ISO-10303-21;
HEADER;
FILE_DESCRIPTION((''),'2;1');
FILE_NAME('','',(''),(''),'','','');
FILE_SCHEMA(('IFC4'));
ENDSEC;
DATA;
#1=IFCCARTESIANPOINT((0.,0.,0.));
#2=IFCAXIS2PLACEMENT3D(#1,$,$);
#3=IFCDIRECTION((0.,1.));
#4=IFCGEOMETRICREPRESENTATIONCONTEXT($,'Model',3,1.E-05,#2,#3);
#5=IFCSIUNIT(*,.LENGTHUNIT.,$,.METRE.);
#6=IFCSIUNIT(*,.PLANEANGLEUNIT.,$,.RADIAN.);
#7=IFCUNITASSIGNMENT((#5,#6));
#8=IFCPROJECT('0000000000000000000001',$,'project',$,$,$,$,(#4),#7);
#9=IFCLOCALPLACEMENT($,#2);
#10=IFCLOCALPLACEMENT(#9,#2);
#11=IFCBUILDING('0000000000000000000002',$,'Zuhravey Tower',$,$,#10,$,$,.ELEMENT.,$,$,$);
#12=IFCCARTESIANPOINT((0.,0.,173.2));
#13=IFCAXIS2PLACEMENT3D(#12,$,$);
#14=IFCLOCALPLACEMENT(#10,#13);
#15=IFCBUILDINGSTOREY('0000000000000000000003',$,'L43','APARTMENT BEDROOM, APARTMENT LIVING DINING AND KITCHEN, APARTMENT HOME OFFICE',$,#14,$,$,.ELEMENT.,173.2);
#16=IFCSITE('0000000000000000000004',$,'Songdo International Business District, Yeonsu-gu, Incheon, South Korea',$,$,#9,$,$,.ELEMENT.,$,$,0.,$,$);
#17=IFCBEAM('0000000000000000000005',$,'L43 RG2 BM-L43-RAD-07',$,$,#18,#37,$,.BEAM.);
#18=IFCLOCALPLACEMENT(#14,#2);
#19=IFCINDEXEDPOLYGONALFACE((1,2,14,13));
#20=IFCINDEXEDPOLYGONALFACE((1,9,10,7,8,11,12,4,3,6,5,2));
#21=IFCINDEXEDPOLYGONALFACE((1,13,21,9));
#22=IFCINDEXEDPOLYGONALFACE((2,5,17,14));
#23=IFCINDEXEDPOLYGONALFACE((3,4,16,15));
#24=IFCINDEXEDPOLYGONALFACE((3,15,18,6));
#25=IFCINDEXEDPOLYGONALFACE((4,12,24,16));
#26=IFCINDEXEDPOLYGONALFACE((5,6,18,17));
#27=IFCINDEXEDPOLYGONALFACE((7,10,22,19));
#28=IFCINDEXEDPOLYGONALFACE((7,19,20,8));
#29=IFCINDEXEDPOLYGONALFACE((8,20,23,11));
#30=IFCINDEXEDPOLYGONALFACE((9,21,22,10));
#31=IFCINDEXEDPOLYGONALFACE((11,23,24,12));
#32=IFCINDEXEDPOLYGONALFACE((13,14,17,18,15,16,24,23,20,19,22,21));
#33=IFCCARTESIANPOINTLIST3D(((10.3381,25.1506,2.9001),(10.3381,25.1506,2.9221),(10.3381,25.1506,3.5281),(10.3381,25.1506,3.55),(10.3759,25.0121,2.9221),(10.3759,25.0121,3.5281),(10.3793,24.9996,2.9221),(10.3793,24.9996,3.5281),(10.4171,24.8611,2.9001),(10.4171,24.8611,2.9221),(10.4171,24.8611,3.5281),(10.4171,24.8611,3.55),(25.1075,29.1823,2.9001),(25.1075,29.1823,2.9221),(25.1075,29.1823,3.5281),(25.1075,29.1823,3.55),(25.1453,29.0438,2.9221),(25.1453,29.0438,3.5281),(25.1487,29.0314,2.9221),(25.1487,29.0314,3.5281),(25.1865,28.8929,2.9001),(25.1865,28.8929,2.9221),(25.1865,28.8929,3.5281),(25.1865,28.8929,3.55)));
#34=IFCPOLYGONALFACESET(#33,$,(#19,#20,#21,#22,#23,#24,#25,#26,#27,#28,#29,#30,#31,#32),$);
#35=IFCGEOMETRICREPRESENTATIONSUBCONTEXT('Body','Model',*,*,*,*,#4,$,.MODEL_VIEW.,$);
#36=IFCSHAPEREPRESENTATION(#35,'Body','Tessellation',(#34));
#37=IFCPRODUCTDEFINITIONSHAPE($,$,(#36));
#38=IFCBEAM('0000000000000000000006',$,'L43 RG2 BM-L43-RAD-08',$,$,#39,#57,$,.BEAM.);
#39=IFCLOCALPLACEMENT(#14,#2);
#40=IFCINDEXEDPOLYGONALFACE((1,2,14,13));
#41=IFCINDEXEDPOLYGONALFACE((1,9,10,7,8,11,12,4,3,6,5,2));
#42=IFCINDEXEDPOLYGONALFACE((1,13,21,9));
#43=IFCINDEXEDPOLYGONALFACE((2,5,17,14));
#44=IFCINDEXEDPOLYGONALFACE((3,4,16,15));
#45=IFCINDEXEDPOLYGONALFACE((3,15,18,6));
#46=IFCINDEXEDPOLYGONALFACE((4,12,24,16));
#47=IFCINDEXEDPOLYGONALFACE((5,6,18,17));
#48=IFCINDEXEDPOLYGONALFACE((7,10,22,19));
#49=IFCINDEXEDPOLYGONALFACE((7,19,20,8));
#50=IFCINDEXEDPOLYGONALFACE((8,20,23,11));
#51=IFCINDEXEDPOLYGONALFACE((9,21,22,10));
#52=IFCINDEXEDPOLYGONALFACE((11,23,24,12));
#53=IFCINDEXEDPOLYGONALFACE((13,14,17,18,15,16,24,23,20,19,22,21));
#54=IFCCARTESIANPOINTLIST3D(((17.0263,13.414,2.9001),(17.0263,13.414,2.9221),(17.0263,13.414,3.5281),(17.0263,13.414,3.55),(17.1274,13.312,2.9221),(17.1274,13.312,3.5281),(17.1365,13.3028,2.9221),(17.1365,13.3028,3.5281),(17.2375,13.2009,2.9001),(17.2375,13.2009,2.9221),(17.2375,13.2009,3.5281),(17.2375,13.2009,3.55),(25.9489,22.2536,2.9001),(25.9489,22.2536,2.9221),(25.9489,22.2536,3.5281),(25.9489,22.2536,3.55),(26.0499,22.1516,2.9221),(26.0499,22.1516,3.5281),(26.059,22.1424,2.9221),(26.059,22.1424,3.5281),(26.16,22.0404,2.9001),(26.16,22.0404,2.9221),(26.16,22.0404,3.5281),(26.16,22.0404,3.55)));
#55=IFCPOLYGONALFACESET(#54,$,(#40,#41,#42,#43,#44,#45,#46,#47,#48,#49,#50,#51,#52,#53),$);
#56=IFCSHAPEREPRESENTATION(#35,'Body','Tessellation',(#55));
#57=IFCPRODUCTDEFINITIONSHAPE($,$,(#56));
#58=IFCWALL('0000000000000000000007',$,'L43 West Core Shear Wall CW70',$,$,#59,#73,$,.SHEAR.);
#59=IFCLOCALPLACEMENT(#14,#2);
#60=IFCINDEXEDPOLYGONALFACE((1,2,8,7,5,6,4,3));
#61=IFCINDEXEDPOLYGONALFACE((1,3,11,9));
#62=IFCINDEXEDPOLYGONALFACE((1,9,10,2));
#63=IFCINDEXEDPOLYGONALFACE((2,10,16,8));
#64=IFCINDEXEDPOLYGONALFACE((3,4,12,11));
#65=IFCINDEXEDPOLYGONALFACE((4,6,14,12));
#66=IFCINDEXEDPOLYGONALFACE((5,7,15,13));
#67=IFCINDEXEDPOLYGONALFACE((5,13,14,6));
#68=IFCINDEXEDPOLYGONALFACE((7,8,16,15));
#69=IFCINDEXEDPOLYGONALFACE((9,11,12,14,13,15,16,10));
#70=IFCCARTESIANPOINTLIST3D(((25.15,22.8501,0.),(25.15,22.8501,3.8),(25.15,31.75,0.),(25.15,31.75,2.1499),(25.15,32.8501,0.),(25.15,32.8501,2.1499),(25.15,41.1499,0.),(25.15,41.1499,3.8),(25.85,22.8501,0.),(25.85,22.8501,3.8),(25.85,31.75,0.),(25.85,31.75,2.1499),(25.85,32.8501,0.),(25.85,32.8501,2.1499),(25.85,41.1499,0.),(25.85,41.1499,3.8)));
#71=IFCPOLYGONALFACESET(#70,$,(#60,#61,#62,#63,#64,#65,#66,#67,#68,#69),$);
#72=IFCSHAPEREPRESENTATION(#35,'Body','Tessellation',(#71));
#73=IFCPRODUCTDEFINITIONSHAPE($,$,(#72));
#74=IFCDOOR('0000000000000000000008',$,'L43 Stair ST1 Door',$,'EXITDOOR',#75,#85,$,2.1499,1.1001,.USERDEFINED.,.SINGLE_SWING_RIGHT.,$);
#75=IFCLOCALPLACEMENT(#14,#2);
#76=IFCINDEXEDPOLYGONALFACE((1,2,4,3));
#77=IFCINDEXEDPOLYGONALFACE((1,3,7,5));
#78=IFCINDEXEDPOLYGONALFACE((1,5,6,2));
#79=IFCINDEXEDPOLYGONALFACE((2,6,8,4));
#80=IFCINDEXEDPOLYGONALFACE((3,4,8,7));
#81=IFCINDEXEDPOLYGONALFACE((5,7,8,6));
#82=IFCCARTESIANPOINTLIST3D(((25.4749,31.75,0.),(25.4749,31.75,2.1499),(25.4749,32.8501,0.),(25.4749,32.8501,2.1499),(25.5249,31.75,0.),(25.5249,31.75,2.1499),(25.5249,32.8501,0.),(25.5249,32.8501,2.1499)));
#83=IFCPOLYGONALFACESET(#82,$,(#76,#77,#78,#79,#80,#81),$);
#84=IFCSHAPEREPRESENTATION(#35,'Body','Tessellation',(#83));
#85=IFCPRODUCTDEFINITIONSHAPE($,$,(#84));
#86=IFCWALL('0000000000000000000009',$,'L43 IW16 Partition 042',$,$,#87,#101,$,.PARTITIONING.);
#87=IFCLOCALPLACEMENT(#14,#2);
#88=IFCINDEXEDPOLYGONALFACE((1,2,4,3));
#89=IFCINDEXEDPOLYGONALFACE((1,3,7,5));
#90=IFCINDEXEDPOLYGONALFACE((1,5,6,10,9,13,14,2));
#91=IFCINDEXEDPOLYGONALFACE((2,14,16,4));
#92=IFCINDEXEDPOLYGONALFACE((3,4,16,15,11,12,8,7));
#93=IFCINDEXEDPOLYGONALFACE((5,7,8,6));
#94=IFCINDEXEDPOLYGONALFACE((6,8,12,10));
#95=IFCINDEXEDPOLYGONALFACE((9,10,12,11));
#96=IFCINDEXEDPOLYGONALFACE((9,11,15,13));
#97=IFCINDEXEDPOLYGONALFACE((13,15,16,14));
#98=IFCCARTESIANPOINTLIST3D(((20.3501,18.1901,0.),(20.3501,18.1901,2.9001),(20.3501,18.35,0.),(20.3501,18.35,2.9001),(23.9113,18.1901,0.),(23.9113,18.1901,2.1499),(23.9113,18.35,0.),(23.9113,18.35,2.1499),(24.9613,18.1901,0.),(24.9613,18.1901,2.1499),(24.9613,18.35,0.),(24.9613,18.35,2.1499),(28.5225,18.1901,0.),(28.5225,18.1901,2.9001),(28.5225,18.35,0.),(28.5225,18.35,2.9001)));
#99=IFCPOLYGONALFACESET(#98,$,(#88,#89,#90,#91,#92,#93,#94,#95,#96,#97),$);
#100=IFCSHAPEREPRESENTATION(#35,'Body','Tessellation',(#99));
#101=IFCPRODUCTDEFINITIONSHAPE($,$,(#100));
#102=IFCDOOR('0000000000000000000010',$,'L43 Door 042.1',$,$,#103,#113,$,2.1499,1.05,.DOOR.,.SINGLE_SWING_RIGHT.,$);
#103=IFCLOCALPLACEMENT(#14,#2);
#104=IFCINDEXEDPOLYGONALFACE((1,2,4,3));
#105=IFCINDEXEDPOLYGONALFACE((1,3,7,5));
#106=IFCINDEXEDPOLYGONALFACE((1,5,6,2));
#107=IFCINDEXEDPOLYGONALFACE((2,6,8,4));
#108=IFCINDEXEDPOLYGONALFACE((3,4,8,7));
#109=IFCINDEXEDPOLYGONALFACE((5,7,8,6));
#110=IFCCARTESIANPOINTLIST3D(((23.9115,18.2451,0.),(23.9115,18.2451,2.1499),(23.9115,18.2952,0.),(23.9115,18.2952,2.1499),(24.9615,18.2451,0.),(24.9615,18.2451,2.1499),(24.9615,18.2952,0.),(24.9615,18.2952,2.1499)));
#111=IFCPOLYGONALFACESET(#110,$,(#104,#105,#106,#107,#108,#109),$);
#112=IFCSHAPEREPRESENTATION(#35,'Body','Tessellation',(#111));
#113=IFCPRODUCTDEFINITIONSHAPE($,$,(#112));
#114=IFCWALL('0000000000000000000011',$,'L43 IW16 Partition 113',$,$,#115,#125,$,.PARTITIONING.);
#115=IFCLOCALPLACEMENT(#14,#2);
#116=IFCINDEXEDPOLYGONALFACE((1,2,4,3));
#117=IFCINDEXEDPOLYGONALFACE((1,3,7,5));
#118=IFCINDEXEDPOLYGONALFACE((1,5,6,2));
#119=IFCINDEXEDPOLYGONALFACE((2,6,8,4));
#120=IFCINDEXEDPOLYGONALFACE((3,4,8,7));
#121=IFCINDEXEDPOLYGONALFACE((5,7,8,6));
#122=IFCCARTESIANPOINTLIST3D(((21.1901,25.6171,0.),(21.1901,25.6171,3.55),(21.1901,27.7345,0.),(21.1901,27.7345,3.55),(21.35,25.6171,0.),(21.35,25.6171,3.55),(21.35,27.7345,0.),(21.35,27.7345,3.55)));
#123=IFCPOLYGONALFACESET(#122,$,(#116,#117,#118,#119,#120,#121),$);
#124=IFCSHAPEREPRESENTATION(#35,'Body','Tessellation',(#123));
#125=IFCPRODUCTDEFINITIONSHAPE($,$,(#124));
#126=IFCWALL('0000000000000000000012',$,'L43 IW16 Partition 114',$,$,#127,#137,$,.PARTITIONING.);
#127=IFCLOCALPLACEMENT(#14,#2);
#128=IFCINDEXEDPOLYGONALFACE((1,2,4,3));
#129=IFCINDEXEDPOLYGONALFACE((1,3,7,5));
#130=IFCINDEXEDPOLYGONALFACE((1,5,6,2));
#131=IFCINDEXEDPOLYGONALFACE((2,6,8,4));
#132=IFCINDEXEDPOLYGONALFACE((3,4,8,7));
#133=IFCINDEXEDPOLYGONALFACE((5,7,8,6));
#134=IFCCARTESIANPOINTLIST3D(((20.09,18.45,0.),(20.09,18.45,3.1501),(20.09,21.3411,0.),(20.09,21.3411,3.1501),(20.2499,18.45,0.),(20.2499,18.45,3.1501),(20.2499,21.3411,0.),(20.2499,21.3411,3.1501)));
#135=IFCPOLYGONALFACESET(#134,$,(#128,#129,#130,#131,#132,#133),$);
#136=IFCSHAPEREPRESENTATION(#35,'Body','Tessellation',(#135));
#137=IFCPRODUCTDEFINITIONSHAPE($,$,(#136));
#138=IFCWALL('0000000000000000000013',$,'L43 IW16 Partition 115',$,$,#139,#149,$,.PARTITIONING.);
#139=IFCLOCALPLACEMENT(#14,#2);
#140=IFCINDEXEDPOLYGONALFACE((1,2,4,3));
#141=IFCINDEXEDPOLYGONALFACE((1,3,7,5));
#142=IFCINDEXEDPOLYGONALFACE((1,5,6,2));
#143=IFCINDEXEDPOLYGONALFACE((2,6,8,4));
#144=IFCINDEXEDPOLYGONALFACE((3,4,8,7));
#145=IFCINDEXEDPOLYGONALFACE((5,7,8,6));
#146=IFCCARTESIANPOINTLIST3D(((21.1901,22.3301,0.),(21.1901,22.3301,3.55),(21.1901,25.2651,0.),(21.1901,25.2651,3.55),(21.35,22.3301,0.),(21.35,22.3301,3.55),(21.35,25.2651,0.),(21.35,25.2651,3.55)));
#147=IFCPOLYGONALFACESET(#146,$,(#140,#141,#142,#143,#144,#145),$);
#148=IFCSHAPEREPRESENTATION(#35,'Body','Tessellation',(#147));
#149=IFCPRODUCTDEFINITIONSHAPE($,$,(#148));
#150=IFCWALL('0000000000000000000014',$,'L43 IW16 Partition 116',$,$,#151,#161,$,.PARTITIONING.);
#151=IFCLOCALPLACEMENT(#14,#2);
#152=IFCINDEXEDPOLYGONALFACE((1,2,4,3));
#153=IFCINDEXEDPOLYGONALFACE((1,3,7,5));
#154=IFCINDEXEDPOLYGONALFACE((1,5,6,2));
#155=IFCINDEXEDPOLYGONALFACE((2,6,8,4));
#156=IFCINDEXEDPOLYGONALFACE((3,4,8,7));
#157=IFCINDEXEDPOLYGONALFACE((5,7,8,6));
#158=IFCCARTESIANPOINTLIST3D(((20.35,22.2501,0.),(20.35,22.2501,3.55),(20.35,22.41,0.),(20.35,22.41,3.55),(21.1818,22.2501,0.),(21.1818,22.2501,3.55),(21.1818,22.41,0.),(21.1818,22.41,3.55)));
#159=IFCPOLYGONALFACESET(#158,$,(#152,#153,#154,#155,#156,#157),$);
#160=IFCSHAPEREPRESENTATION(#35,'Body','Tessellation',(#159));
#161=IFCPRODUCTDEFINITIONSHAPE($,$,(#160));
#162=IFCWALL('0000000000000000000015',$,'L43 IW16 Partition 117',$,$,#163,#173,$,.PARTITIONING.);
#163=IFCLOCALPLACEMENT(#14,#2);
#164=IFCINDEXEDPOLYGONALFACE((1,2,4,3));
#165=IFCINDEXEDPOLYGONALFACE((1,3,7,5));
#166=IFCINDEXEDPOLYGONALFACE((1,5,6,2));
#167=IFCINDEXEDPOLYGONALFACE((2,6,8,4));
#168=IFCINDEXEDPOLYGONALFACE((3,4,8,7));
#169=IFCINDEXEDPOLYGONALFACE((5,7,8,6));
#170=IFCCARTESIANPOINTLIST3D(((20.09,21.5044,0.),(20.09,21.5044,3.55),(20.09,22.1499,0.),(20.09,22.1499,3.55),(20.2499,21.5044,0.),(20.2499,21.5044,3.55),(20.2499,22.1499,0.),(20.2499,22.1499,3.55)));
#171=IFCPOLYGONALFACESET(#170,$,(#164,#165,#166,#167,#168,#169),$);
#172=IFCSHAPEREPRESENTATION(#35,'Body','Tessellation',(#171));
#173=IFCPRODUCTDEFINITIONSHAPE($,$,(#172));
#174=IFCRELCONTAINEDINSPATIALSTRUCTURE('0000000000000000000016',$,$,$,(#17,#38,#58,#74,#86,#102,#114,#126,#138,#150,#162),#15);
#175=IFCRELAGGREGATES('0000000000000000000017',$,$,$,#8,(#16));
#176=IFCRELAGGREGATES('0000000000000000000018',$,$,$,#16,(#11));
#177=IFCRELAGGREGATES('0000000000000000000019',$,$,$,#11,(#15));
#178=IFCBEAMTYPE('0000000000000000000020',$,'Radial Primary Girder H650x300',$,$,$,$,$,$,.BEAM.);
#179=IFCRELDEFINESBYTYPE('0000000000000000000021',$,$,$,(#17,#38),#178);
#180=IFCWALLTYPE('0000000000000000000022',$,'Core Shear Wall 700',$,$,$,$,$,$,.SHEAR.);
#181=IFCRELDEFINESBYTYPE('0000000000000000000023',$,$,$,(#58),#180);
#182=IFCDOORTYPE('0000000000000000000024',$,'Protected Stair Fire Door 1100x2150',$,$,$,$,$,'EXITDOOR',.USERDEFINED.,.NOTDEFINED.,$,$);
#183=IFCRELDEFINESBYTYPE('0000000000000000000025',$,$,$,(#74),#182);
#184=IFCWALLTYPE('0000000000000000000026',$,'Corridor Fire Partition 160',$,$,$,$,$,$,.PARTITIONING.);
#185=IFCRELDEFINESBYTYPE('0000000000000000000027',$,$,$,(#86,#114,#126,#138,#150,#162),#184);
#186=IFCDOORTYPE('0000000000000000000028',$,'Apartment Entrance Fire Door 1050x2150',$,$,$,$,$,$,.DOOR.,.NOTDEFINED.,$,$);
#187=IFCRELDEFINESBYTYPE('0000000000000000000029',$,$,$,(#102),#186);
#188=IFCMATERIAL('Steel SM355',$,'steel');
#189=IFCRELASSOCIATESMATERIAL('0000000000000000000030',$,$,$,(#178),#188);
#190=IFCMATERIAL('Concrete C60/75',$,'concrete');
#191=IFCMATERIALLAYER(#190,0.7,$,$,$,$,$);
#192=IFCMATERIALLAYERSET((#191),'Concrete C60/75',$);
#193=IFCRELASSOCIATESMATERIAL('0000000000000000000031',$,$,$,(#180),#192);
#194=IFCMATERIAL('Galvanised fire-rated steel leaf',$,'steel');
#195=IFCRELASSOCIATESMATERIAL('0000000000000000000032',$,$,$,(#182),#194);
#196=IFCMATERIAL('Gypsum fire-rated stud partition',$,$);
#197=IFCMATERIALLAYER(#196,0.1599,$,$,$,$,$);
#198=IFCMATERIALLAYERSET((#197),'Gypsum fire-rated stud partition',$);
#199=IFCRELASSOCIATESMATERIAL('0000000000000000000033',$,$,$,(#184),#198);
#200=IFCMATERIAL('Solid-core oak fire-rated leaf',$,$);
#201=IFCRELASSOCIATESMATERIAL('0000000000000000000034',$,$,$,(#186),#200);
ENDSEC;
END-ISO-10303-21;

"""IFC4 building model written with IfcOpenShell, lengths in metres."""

from ifc_helpers import new_model, si_unit, direction, frame, frame_2d, origin, origin_2d, place, context, subcontext, project, spatial, rectangle, i_section, extrude, material, layer, layer_set, material_profile, profile_set, type_object, element, fill, save


model = new_model("IFC4")

# Units and contexts
model_context = context("Model", 3, precision=1e-05, world=origin(), true_north=direction((0.0, 1.0)))
body_context = subcontext(model_context, "Body", "Model", "MODEL_VIEW")
ifc_project = project(units=[si_unit("LENGTHUNIT", "METRE"), si_unit("PLANEANGLEUNIT", "RADIAN")], contexts=[model_context])

# Site, building, storey
site_placement = place(None, origin())
site = spatial("IfcSite", under=ifc_project, at=site_placement, Name="Songdo International Business District, Yeonsu-gu, Incheon, South Korea", CompositionType="ELEMENT", RefElevation=0.0)
building_placement = place(site_placement, origin())
building = spatial("IfcBuilding", under=site, at=building_placement, Name="Zuhravey Tower", CompositionType="ELEMENT")
storey_placement = place(building_placement, frame((0.0, 0.0, 173.2)))
storey = spatial("IfcBuildingStorey", under=building, at=storey_placement, Name="L43", Description="APARTMENT BEDROOM, APARTMENT LIVING DINING AND KITCHEN, APARTMENT HOME OFFICE", CompositionType="ELEMENT", Elevation=173.2)

# Beams
ifc_material_1 = material(Name="Steel SM355", Category="steel")
ifc_material_profile = material_profile(ifc_material_1, i_section(OverallWidth=0.3, OverallDepth=0.6499, WebThickness=0.0129, FlangeThickness=0.022, at=origin_2d()), Name="H-650x300x13x22")
ifc_profile_set = profile_set([ifc_material_profile], Name="Steel SM355")
beam_type = type_object("IfcBeamType", Name="Radial Primary Girder H650x300", PredefinedType="BEAM", material=ifc_profile_set)
beam_1_placement = place(storey_placement, frame((25.147, 29.0376, 3.2251), z_axis=(-0.964702, -0.263345, 0.0), x_axis=(0.263345, -0.964702, 0.0)))
element("IfcBeam", 1, at=beam_1_placement, inside=storey, type_object=beam_type, Name="L43 RG2 BM-L43-RAD-07", PredefinedType="BEAM", context=body_context, shape_type="SweptSolid", body=[
    extrude(i_section(OverallWidth=0.3, OverallDepth=0.6499, WebThickness=0.0129, FlangeThickness=0.022, at=origin_2d()), origin(), (0.0, 0.0, 1.0), 15.3098),
])
beam_2_placement = place(storey_placement, frame((26.0544, 22.147, 3.2251), z_axis=(-0.710404, -0.703795, 0.0), x_axis=(0.703795, -0.710404, 0.0)))
element("IfcBeam", 2, at=beam_2_placement, inside=storey, type_object=beam_type, Name="L43 RG2 BM-L43-RAD-08", PredefinedType="BEAM", context=body_context, shape_type="SweptSolid", body=[
    extrude(i_section(OverallWidth=0.3, OverallDepth=0.6499, WebThickness=0.0129, FlangeThickness=0.022, at=origin_2d()), origin(), (0.0, 0.0, 1.0), 12.5598),
])

# Walls, openings, doors
ifc_material_2 = material(Name="Concrete C60/75", Category="concrete")
ifc_layer_1 = layer(ifc_material_2, 0.7)
ifc_layer_set_1 = layer_set([ifc_layer_1], Name="Concrete C60/75")
wall_type_1 = type_object("IfcWallType", Name="Core Shear Wall 700", PredefinedType="SHEAR", material=ifc_layer_set_1)
ifc_material_3 = material(Name="Galvanised fire-rated steel leaf", Category="steel")
wall_1_placement = place(storey_placement, frame((25.5, 22.8501, 0.0), z_axis=(0.0, 0.0, 1.0), x_axis=(0.0, 1.0, 0.0)))
wall_1 = element("IfcWall", 3, at=wall_1_placement, inside=storey, type_object=wall_type_1, Name="L43 West Core Shear Wall CW70", PredefinedType="SHEAR", context=body_context, shape_type="SweptSolid", body=[
    extrude(rectangle(XDim=18.2998, YDim=0.7, at=frame_2d((9.1499, 0.0))), origin(), (0.0, 0.0, 1.0), 3.8),
])
opening_1_placement = place(wall_1_placement, frame((8.8999, 0.0, 0.0)))
opening_1 = element("IfcOpeningElement", 4, at=opening_1_placement, cuts=wall_1, PredefinedType="OPENING", context=body_context, shape_type="SweptSolid", body=[
    extrude(rectangle(XDim=1.1001, YDim=2.1499, at=frame_2d((0.55, 1.075))), frame((0.0, 0.3621, 0.0), z_axis=(0.0, -1.0, 0.0), x_axis=(1.0, 0.0, 0.0)), (0.0, 0.0, 1.0), 0.7239),
])
door_type_1 = type_object("IfcDoorType", Name="Protected Stair Fire Door 1100x2150", ElementType="EXITDOOR", OperationType="NOTDEFINED", PredefinedType="USERDEFINED", material=ifc_material_3)
door_1_placement = place(opening_1_placement, frame((1.1001, 0.0, 0.0), z_axis=(0.0, 0.0, 1.0), x_axis=(-1.0, 0.0, 0.0)))
door_1 = element("IfcDoor", 5, at=door_1_placement, inside=storey, type_object=door_type_1, Name="L43 Stair ST1 Door", ObjectType="EXITDOOR", OperationType="SINGLE_SWING_RIGHT", OverallHeight=2.1499, OverallWidth=1.1001, PredefinedType="USERDEFINED", context=body_context, shape_type="SweptSolid", body=[
    extrude(rectangle(XDim=1.1001, YDim=2.1499, at=frame_2d((0.55, 1.075))), frame((0.0, 0.0249, 0.0), z_axis=(0.0, -1.0, 0.0), x_axis=(1.0, 0.0, 0.0)), (0.0, 0.0, 1.0), 0.05),
])
fill(opening_1, door_1)
ifc_material_4 = material(Name="Gypsum fire-rated stud partition")
ifc_layer_2 = layer(ifc_material_4, 0.1599)
ifc_layer_set_2 = layer_set([ifc_layer_2], Name="Gypsum fire-rated stud partition")
wall_type_2 = type_object("IfcWallType", Name="Corridor Fire Partition 160", PredefinedType="PARTITIONING", material=ifc_layer_set_2)
wall_2_placement = place(storey_placement, frame((20.3501, 18.27, 0.0), z_axis=(0.0, 0.0, 1.0), x_axis=(1.0, 0.0, 0.0)))
wall_2 = element("IfcWall", 6, at=wall_2_placement, inside=storey, type_object=wall_type_2, Name="L43 IW16 Partition 042", PredefinedType="PARTITIONING", context=body_context, shape_type="SweptSolid", body=[
    extrude(rectangle(XDim=8.1724, YDim=0.1599, at=frame_2d((4.0862, 0.0))), origin(), (0.0, 0.0, 1.0), 2.9001),
])
opening_2_placement = place(wall_2_placement, frame((3.5613, 0.0, 0.0)))
opening_2 = element("IfcOpeningElement", 7, at=opening_2_placement, cuts=wall_2, PredefinedType="OPENING", context=body_context, shape_type="SweptSolid", body=[
    extrude(rectangle(XDim=1.05, YDim=2.1499, at=frame_2d((0.5249, 1.075))), frame((0.0, 0.092, 0.0), z_axis=(0.0, -1.0, 0.0), x_axis=(1.0, 0.0, 0.0)), (0.0, 0.0, 1.0), 0.1838),
])
ifc_material_5 = material(Name="Solid-core oak fire-rated leaf")
door_type_2 = type_object("IfcDoorType", Name="Apartment Entrance Fire Door 1050x2150", OperationType="NOTDEFINED", PredefinedType="DOOR", material=ifc_material_5)
door_2_placement = place(opening_2_placement, frame((1.05, 0.0, 0.0), z_axis=(0.0, 0.0, 1.0), x_axis=(-1.0, 0.0, 0.0)))
door_2 = element("IfcDoor", 8, at=door_2_placement, inside=storey, type_object=door_type_2, Name="L43 Door 042.1", OperationType="SINGLE_SWING_RIGHT", OverallHeight=2.1499, OverallWidth=1.05, PredefinedType="DOOR", context=body_context, shape_type="SweptSolid", body=[
    extrude(rectangle(XDim=1.05, YDim=2.1499, at=frame_2d((0.5249, 1.075))), frame((0.0, 0.0249, 0.0), z_axis=(0.0, -1.0, 0.0), x_axis=(1.0, 0.0, 0.0)), (0.0, 0.0, 1.0), 0.05),
])
fill(opening_2, door_2)

# Walls
wall_3_placement = place(storey_placement, frame((21.27, 27.7344, 0.0), z_axis=(0.0, 0.0, 1.0), x_axis=(0.0, -1.0, 0.0)))
element("IfcWall", 9, at=wall_3_placement, inside=storey, type_object=wall_type_2, Name="L43 IW16 Partition 113", PredefinedType="PARTITIONING", context=body_context, shape_type="SweptSolid", body=[
    extrude(rectangle(XDim=2.1174, YDim=0.1599, at=frame_2d((1.0586, 0.0))), origin(), (0.0, 0.0, 1.0), 3.55),
])
wall_4_placement = place(storey_placement, frame((20.1699, 21.3411, 0.0), z_axis=(0.0, 0.0, 1.0), x_axis=(0.0, -1.0, 0.0)))
element("IfcWall", 10, at=wall_4_placement, inside=storey, type_object=wall_type_2, Name="L43 IW16 Partition 114", PredefinedType="PARTITIONING", context=body_context, shape_type="SweptSolid", body=[
    extrude(rectangle(XDim=2.8911, YDim=0.1599, at=frame_2d((1.4456, 0.0))), origin(), (0.0, 0.0, 1.0), 3.1501),
])
wall_5_placement = place(storey_placement, frame((21.27, 25.2651, 0.0), z_axis=(0.0, 0.0, 1.0), x_axis=(0.0, -1.0, 0.0)))
element("IfcWall", 11, at=wall_5_placement, inside=storey, type_object=wall_type_2, Name="L43 IW16 Partition 115", PredefinedType="PARTITIONING", context=body_context, shape_type="SweptSolid", body=[
    extrude(rectangle(XDim=2.9351, YDim=0.1599, at=frame_2d((1.4675, 0.0))), origin(), (0.0, 0.0, 1.0), 3.55),
])
wall_6_placement = place(storey_placement, frame((21.1819, 22.3301, 0.0), z_axis=(0.0, 0.0, 1.0), x_axis=(-1.0, 0.0, 0.0)))
element("IfcWall", 12, at=wall_6_placement, inside=storey, type_object=wall_type_2, Name="L43 IW16 Partition 116", PredefinedType="PARTITIONING", context=body_context, shape_type="SweptSolid", body=[
    extrude(rectangle(XDim=0.8318, YDim=0.1599, at=frame_2d((0.416, 0.0))), origin(), (0.0, 0.0, 1.0), 3.55),
])
wall_7_placement = place(storey_placement, frame((20.1699, 22.1499, 0.0), z_axis=(0.0, 0.0, 1.0), x_axis=(0.0, -1.0, 0.0)))
element("IfcWall", 13, at=wall_7_placement, inside=storey, type_object=wall_type_2, Name="L43 IW16 Partition 117", PredefinedType="PARTITIONING", context=body_context, shape_type="SweptSolid", body=[
    extrude(rectangle(XDim=0.6455, YDim=0.1599, at=frame_2d((0.3228, 0.0))), origin(), (0.0, 0.0, 1.0), 3.55),
])

save(model, "model.ifc")
